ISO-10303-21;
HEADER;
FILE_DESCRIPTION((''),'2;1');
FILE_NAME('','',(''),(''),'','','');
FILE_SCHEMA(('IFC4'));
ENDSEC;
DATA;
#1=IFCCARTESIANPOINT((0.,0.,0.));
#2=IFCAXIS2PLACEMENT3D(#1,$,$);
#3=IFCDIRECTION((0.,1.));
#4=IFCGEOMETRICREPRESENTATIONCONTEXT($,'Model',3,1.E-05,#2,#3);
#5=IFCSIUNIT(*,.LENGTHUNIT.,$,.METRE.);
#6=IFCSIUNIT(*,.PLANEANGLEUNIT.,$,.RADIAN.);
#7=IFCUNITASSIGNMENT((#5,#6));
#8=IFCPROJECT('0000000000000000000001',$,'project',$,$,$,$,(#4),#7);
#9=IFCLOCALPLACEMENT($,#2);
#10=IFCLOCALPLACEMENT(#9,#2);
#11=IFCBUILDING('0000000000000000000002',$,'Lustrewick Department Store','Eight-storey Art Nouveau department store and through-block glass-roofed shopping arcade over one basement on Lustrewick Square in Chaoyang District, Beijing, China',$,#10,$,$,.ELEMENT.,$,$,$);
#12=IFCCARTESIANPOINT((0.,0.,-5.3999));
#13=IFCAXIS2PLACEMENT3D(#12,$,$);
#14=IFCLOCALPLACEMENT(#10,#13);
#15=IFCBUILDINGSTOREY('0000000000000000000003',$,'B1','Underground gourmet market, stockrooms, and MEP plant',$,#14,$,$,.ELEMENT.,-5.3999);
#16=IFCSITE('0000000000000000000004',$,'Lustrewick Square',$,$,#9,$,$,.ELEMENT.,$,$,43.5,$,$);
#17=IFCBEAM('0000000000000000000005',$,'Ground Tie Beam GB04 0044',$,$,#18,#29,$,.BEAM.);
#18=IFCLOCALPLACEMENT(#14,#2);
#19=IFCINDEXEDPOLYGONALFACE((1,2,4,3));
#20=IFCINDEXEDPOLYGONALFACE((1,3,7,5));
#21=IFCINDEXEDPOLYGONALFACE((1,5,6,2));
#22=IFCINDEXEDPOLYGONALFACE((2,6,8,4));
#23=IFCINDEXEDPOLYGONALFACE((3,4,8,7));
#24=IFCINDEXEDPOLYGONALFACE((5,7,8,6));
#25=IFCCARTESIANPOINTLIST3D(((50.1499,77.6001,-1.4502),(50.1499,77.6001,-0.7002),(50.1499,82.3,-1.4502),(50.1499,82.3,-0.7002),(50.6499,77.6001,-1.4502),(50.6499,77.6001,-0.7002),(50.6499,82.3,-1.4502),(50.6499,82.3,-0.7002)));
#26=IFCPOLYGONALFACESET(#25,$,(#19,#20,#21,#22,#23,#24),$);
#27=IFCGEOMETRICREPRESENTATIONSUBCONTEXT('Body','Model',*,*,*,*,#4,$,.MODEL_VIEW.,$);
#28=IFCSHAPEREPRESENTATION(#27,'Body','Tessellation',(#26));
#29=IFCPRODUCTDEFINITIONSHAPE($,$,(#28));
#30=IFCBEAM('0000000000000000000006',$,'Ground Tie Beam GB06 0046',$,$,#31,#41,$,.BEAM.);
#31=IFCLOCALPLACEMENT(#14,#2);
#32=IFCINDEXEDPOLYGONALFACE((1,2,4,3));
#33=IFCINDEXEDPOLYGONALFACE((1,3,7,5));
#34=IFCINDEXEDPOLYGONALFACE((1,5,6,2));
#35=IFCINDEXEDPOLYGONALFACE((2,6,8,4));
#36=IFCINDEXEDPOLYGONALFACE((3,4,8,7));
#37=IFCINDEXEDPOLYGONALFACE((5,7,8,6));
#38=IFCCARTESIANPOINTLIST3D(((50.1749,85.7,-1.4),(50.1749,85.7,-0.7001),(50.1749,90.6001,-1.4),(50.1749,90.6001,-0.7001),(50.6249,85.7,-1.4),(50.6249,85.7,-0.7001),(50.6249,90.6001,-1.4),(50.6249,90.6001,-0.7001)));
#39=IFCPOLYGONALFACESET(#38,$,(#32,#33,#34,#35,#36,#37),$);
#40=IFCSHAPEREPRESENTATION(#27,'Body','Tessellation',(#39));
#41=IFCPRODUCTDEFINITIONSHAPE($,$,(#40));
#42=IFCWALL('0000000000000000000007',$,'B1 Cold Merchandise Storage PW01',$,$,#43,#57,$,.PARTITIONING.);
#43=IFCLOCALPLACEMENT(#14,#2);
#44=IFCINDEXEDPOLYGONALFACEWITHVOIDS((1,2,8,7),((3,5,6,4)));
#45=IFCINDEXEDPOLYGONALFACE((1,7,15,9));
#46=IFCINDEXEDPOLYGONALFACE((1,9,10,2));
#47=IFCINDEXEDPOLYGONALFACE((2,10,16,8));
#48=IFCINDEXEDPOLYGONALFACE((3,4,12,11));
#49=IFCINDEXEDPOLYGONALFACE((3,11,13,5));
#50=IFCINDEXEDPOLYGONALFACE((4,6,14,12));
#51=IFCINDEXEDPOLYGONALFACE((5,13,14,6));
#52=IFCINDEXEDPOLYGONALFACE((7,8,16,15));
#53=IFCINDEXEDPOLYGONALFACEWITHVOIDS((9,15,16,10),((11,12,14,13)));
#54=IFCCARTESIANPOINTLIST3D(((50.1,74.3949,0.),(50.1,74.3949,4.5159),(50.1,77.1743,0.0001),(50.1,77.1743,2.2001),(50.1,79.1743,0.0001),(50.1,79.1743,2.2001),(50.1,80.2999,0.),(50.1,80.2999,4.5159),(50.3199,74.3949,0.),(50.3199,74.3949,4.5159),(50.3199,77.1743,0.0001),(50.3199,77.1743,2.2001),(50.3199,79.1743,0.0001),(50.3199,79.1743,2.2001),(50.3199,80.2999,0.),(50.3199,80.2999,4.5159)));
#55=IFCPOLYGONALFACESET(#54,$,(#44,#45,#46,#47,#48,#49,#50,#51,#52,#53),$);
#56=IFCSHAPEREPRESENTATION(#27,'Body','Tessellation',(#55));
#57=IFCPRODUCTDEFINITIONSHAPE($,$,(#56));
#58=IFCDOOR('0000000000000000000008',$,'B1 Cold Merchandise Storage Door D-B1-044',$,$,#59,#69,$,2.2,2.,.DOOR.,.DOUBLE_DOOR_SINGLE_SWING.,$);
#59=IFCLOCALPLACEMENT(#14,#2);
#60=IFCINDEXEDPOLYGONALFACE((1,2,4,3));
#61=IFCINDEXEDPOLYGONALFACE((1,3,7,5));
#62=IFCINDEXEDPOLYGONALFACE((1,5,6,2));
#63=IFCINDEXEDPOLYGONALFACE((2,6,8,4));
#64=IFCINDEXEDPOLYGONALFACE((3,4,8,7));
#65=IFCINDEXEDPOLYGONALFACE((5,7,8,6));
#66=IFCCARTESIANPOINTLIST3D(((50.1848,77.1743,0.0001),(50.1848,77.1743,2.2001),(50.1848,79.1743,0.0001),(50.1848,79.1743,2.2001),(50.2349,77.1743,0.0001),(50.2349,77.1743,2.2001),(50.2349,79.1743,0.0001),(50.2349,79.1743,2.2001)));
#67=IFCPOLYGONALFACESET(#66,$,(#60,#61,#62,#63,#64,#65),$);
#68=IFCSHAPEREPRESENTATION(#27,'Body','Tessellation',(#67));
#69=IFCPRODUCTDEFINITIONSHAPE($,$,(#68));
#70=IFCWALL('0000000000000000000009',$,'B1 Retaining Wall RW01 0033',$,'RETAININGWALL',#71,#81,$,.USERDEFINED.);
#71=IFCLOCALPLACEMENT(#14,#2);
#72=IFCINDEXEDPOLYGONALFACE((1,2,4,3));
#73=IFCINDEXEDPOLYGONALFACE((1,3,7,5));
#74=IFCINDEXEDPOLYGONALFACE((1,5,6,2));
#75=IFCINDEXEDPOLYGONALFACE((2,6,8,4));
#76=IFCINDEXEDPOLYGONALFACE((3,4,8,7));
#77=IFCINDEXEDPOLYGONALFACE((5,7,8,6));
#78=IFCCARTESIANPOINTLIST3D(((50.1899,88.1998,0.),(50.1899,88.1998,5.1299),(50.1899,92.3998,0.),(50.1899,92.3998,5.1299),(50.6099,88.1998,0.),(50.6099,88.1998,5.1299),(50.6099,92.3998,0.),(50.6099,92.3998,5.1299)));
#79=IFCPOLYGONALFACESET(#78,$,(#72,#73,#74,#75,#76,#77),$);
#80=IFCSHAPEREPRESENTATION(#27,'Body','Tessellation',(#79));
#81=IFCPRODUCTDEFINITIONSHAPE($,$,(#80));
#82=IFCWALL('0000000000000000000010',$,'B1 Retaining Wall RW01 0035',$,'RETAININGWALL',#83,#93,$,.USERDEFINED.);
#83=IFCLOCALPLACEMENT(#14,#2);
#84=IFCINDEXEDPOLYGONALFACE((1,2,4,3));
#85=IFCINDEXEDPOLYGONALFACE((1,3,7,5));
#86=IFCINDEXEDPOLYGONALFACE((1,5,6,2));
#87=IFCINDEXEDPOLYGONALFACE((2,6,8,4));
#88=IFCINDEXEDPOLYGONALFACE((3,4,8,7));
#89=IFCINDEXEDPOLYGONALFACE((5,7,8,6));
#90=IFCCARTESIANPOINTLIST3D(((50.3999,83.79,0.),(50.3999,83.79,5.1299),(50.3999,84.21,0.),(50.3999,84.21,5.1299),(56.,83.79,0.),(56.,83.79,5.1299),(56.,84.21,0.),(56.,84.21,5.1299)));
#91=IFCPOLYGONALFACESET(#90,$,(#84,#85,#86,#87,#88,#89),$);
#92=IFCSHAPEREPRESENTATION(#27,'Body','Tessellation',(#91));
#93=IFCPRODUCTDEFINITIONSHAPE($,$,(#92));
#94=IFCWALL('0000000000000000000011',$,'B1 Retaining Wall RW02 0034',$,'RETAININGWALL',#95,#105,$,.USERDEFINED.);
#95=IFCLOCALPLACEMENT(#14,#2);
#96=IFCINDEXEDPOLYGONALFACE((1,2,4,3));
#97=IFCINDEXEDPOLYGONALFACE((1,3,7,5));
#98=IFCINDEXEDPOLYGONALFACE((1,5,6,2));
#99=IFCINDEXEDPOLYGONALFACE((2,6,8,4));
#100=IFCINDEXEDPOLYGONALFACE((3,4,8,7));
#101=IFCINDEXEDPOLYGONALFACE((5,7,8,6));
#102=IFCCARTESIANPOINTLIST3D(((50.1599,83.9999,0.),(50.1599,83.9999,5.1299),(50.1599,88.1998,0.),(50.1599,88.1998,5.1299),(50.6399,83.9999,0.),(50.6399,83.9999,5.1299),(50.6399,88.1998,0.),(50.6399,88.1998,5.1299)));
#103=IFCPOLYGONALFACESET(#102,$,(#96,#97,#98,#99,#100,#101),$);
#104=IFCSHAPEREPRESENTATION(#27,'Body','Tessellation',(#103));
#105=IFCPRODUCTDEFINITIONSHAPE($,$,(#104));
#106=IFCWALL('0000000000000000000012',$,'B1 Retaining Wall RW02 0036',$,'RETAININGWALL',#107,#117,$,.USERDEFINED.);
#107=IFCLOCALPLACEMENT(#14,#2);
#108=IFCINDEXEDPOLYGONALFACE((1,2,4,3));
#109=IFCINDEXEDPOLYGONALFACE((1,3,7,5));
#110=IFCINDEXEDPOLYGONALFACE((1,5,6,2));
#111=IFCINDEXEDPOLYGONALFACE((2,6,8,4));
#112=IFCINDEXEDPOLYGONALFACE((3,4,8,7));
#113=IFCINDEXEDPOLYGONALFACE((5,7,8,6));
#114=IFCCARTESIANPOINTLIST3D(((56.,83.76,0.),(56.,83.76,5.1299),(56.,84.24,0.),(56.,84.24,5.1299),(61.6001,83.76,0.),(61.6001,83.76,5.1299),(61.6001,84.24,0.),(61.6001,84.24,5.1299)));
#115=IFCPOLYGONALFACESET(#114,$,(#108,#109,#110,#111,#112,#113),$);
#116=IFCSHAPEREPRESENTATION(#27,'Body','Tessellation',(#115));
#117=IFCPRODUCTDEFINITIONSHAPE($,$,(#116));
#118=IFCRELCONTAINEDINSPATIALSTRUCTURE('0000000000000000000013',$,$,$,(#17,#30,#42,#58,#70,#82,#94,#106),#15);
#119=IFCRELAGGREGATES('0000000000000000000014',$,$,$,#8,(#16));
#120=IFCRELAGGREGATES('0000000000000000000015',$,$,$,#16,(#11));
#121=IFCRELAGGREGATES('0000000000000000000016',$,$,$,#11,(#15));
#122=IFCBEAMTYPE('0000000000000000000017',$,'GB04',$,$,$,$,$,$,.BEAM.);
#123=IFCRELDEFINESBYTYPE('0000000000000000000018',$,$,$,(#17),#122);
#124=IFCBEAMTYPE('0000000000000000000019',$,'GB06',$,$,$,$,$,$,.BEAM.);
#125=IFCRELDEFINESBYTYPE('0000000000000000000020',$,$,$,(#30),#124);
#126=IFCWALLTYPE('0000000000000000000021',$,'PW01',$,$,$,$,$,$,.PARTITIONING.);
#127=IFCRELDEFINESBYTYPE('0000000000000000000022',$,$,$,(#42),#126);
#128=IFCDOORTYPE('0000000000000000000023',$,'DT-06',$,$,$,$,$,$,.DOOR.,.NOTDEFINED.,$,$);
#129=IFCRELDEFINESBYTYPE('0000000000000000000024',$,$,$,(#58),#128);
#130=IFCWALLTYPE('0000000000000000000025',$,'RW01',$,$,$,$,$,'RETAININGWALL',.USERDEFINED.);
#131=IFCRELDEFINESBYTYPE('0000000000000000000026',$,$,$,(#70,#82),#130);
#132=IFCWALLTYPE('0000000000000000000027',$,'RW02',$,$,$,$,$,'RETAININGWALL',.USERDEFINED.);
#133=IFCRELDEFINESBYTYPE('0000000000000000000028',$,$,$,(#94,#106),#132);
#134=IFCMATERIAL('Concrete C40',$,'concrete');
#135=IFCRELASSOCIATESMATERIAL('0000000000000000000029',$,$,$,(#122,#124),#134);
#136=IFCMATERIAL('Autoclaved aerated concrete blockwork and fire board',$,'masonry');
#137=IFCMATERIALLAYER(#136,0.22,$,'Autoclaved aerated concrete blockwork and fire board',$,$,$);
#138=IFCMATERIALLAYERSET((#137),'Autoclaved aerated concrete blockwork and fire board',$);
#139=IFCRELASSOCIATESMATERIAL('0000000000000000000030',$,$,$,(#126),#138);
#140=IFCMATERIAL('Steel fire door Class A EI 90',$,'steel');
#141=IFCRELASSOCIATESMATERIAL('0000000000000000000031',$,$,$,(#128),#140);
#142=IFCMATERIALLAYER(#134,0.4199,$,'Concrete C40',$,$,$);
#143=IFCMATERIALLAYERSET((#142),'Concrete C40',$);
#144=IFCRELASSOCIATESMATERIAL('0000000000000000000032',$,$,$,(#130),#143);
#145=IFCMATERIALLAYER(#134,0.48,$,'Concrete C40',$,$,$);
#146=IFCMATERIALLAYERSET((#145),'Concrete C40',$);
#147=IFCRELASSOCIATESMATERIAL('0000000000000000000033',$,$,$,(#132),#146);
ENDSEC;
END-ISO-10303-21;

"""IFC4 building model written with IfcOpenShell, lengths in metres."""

from ifc_helpers import new_model, si_unit, direction, frame, frame_2d, origin, origin_2d, place, context, subcontext, project, spatial, rectangle, extrude, material, layer, layer_set, material_profile, profile_set, type_object, element, fill, save


model = new_model("IFC4")

# Units and contexts
model_context = context("Model", 3, precision=1e-05, world=origin(), true_north=direction((0.0, 1.0)))
body_context = subcontext(model_context, "Body", "Model", "MODEL_VIEW")
ifc_project = project(units=[si_unit("LENGTHUNIT", "METRE"), si_unit("PLANEANGLEUNIT", "RADIAN")], contexts=[model_context])

# Site, building, storey
site_placement = place(None, origin())
site = spatial("IfcSite", under=ifc_project, at=site_placement, Name="Lustrewick Square", CompositionType="ELEMENT", RefElevation=43.5)
building_placement = place(site_placement, origin())
building = spatial("IfcBuilding", under=site, at=building_placement, Name="Lustrewick Department Store", Description="Eight-storey Art Nouveau department store and through-block glass-roofed shopping arcade over one basement on Lustrewick Square in Chaoyang District, Beijing, China", CompositionType="ELEMENT")
storey_placement = place(building_placement, frame((0.0, 0.0, -5.3999)))
storey = spatial("IfcBuildingStorey", under=building, at=storey_placement, Name="B1", Description="Underground gourmet market, stockrooms, and MEP plant", CompositionType="ELEMENT", Elevation=-5.3999)

# Shared definitions
ifc_material_1 = material(Name="Concrete C40", Category="concrete")

# Beams
ifc_material_profile_1 = material_profile(ifc_material_1, rectangle(XDim=0.5, YDim=0.75, at=origin_2d()), Name="RC 500x750")
ifc_profile_set_1 = profile_set([ifc_material_profile_1], Name="Concrete C40")
beam_type_1 = type_object("IfcBeamType", Name="GB04", PredefinedType="BEAM", material=ifc_profile_set_1)
beam_1_placement = place(storey_placement, frame((50.3999, 77.6001, -1.0752), z_axis=(0.0, 1.0, 0.0), x_axis=(-1.0, 0.0, 0.0)))
element("IfcBeam", 1, at=beam_1_placement, inside=storey, type_object=beam_type_1, Name="Ground Tie Beam GB04 0044", PredefinedType="BEAM", context=body_context, shape_type="SweptSolid", body=[
    extrude(rectangle(XDim=0.5, YDim=0.75, at=origin_2d()), origin(), (0.0, 0.0, 1.0), 4.7),
])
ifc_material_profile_2 = material_profile(ifc_material_1, rectangle(XDim=0.45, YDim=0.7, at=origin_2d()), Name="RC 450x700")
ifc_profile_set_2 = profile_set([ifc_material_profile_2], Name="Concrete C40")
beam_type_2 = type_object("IfcBeamType", Name="GB06", PredefinedType="BEAM", material=ifc_profile_set_2)
beam_2_placement = place(storey_placement, frame((50.3999, 85.7, -1.05), z_axis=(0.0, 1.0, 0.0), x_axis=(-1.0, 0.0, 0.0)))
element("IfcBeam", 2, at=beam_2_placement, inside=storey, type_object=beam_type_2, Name="Ground Tie Beam GB06 0046", PredefinedType="BEAM", context=body_context, shape_type="SweptSolid", body=[
    extrude(rectangle(XDim=0.45, YDim=0.7, at=origin_2d()), origin(), (0.0, 0.0, 1.0), 4.9001),
])

# Wall, opening, door
ifc_material_2 = material(Name="Autoclaved aerated concrete blockwork and fire board", Category="masonry")
ifc_layer_1 = layer(ifc_material_2, 0.22, Name="Autoclaved aerated concrete blockwork and fire board")
ifc_layer_set_1 = layer_set([ifc_layer_1], Name="Autoclaved aerated concrete blockwork and fire board")
wall_type_1 = type_object("IfcWallType", Name="PW01", PredefinedType="PARTITIONING", material=ifc_layer_set_1)
wall_1_placement = place(storey_placement, frame((50.21, 80.3, 0.0), z_axis=(0.0, 0.0, 1.0), x_axis=(0.0, -1.0, 0.0)))
wall_1 = element("IfcWall", 3, at=wall_1_placement, inside=storey, type_object=wall_type_1, Name="B1 Cold Merchandise Storage PW01", PredefinedType="PARTITIONING", context=body_context, shape_type="SweptSolid", body=[
    extrude(rectangle(XDim=5.905, YDim=0.22, at=frame_2d((2.9526, 0.0))), origin(), (0.0, 0.0, 1.0), 4.5159),
])
opening_placement = place(wall_1_placement, frame((1.1257, 0.0, 0.0)))
opening = element("IfcOpeningElement", 4, at=opening_placement, cuts=wall_1, PredefinedType="OPENING", context=body_context, shape_type="SweptSolid", body=[
    extrude(rectangle(XDim=2.0, YDim=2.2, at=frame_2d((1.0, 1.1001))), frame((0.0, 0.1201, 0.0), z_axis=(0.0, -1.0, 0.0), x_axis=(1.0, 0.0, 0.0)), (0.0, 0.0, 1.0), 0.24),
])
ifc_material_3 = material(Name="Steel fire door Class A EI 90", Category="steel")
door_type = type_object("IfcDoorType", Name="DT-06", OperationType="NOTDEFINED", PredefinedType="DOOR", material=ifc_material_3)
door_placement = place(opening_placement, origin())
door = element("IfcDoor", 5, at=door_placement, inside=storey, type_object=door_type, Name="B1 Cold Merchandise Storage Door D-B1-044", OperationType="DOUBLE_DOOR_SINGLE_SWING", OverallHeight=2.2, OverallWidth=2.0, PredefinedType="DOOR", context=body_context, shape_type="SweptSolid", body=[
    extrude(rectangle(XDim=2.0, YDim=2.2, at=frame_2d((1.0, 1.1001))), frame((0.0, 0.0249, 0.0), z_axis=(0.0, -1.0, 0.0), x_axis=(1.0, 0.0, 0.0)), (0.0, 0.0, 1.0), 0.05),
])
fill(opening, door)

# Walls
ifc_layer_2 = layer(ifc_material_1, 0.4199, Name="Concrete C40")
ifc_layer_set_2 = layer_set([ifc_layer_2], Name="Concrete C40")
wall_type_2 = type_object("IfcWallType", Name="RW01", ElementType="RETAININGWALL", PredefinedType="USERDEFINED", material=ifc_layer_set_2)
wall_2_placement = place(storey_placement, frame((50.3999, 92.3999, 0.0), z_axis=(0.0, 0.0, 1.0), x_axis=(0.0, -1.0, 0.0)))
element("IfcWall", 6, at=wall_2_placement, inside=storey, type_object=wall_type_2, Name="B1 Retaining Wall RW01 0033", ObjectType="RETAININGWALL", PredefinedType="USERDEFINED", context=body_context, shape_type="SweptSolid", body=[
    extrude(rectangle(XDim=4.2, YDim=0.4199, at=frame_2d((2.1001, 0.0))), origin(), (0.0, 0.0, 1.0), 5.1299),
])
wall_3_placement = place(storey_placement, frame((50.3999, 84.0, 0.0), z_axis=(0.0, 0.0, 1.0), x_axis=(1.0, 0.0, 0.0)))
element("IfcWall", 7, at=wall_3_placement, inside=storey, type_object=wall_type_2, Name="B1 Retaining Wall RW01 0035", ObjectType="RETAININGWALL", PredefinedType="USERDEFINED", context=body_context, shape_type="SweptSolid", body=[
    extrude(rectangle(XDim=5.6001, YDim=0.4199, at=frame_2d((2.8, 0.0))), origin(), (0.0, 0.0, 1.0), 5.1299),
])
ifc_layer_3 = layer(ifc_material_1, 0.48, Name="Concrete C40")
ifc_layer_set_3 = layer_set([ifc_layer_3], Name="Concrete C40")
wall_type_3 = type_object("IfcWallType", Name="RW02", ElementType="RETAININGWALL", PredefinedType="USERDEFINED", material=ifc_layer_set_3)
wall_4_placement = place(storey_placement, frame((50.3999, 88.2, 0.0), z_axis=(0.0, 0.0, 1.0), x_axis=(0.0, -1.0, 0.0)))
element("IfcWall", 8, at=wall_4_placement, inside=storey, type_object=wall_type_3, Name="B1 Retaining Wall RW02 0034", ObjectType="RETAININGWALL", PredefinedType="USERDEFINED", context=body_context, shape_type="SweptSolid", body=[
    extrude(rectangle(XDim=4.2, YDim=0.48, at=frame_2d((2.1001, 0.0))), origin(), (0.0, 0.0, 1.0), 5.1299),
])
wall_5_placement = place(storey_placement, frame((56.0, 84.0, 0.0), z_axis=(0.0, 0.0, 1.0), x_axis=(1.0, 0.0, 0.0)))
element("IfcWall", 9, at=wall_5_placement, inside=storey, type_object=wall_type_3, Name="B1 Retaining Wall RW02 0036", ObjectType="RETAININGWALL", PredefinedType="USERDEFINED", context=body_context, shape_type="SweptSolid", body=[
    extrude(rectangle(XDim=5.6001, YDim=0.48, at=frame_2d((2.8, 0.0))), origin(), (0.0, 0.0, 1.0), 5.1299),
])

save(model, "model.ifc")
